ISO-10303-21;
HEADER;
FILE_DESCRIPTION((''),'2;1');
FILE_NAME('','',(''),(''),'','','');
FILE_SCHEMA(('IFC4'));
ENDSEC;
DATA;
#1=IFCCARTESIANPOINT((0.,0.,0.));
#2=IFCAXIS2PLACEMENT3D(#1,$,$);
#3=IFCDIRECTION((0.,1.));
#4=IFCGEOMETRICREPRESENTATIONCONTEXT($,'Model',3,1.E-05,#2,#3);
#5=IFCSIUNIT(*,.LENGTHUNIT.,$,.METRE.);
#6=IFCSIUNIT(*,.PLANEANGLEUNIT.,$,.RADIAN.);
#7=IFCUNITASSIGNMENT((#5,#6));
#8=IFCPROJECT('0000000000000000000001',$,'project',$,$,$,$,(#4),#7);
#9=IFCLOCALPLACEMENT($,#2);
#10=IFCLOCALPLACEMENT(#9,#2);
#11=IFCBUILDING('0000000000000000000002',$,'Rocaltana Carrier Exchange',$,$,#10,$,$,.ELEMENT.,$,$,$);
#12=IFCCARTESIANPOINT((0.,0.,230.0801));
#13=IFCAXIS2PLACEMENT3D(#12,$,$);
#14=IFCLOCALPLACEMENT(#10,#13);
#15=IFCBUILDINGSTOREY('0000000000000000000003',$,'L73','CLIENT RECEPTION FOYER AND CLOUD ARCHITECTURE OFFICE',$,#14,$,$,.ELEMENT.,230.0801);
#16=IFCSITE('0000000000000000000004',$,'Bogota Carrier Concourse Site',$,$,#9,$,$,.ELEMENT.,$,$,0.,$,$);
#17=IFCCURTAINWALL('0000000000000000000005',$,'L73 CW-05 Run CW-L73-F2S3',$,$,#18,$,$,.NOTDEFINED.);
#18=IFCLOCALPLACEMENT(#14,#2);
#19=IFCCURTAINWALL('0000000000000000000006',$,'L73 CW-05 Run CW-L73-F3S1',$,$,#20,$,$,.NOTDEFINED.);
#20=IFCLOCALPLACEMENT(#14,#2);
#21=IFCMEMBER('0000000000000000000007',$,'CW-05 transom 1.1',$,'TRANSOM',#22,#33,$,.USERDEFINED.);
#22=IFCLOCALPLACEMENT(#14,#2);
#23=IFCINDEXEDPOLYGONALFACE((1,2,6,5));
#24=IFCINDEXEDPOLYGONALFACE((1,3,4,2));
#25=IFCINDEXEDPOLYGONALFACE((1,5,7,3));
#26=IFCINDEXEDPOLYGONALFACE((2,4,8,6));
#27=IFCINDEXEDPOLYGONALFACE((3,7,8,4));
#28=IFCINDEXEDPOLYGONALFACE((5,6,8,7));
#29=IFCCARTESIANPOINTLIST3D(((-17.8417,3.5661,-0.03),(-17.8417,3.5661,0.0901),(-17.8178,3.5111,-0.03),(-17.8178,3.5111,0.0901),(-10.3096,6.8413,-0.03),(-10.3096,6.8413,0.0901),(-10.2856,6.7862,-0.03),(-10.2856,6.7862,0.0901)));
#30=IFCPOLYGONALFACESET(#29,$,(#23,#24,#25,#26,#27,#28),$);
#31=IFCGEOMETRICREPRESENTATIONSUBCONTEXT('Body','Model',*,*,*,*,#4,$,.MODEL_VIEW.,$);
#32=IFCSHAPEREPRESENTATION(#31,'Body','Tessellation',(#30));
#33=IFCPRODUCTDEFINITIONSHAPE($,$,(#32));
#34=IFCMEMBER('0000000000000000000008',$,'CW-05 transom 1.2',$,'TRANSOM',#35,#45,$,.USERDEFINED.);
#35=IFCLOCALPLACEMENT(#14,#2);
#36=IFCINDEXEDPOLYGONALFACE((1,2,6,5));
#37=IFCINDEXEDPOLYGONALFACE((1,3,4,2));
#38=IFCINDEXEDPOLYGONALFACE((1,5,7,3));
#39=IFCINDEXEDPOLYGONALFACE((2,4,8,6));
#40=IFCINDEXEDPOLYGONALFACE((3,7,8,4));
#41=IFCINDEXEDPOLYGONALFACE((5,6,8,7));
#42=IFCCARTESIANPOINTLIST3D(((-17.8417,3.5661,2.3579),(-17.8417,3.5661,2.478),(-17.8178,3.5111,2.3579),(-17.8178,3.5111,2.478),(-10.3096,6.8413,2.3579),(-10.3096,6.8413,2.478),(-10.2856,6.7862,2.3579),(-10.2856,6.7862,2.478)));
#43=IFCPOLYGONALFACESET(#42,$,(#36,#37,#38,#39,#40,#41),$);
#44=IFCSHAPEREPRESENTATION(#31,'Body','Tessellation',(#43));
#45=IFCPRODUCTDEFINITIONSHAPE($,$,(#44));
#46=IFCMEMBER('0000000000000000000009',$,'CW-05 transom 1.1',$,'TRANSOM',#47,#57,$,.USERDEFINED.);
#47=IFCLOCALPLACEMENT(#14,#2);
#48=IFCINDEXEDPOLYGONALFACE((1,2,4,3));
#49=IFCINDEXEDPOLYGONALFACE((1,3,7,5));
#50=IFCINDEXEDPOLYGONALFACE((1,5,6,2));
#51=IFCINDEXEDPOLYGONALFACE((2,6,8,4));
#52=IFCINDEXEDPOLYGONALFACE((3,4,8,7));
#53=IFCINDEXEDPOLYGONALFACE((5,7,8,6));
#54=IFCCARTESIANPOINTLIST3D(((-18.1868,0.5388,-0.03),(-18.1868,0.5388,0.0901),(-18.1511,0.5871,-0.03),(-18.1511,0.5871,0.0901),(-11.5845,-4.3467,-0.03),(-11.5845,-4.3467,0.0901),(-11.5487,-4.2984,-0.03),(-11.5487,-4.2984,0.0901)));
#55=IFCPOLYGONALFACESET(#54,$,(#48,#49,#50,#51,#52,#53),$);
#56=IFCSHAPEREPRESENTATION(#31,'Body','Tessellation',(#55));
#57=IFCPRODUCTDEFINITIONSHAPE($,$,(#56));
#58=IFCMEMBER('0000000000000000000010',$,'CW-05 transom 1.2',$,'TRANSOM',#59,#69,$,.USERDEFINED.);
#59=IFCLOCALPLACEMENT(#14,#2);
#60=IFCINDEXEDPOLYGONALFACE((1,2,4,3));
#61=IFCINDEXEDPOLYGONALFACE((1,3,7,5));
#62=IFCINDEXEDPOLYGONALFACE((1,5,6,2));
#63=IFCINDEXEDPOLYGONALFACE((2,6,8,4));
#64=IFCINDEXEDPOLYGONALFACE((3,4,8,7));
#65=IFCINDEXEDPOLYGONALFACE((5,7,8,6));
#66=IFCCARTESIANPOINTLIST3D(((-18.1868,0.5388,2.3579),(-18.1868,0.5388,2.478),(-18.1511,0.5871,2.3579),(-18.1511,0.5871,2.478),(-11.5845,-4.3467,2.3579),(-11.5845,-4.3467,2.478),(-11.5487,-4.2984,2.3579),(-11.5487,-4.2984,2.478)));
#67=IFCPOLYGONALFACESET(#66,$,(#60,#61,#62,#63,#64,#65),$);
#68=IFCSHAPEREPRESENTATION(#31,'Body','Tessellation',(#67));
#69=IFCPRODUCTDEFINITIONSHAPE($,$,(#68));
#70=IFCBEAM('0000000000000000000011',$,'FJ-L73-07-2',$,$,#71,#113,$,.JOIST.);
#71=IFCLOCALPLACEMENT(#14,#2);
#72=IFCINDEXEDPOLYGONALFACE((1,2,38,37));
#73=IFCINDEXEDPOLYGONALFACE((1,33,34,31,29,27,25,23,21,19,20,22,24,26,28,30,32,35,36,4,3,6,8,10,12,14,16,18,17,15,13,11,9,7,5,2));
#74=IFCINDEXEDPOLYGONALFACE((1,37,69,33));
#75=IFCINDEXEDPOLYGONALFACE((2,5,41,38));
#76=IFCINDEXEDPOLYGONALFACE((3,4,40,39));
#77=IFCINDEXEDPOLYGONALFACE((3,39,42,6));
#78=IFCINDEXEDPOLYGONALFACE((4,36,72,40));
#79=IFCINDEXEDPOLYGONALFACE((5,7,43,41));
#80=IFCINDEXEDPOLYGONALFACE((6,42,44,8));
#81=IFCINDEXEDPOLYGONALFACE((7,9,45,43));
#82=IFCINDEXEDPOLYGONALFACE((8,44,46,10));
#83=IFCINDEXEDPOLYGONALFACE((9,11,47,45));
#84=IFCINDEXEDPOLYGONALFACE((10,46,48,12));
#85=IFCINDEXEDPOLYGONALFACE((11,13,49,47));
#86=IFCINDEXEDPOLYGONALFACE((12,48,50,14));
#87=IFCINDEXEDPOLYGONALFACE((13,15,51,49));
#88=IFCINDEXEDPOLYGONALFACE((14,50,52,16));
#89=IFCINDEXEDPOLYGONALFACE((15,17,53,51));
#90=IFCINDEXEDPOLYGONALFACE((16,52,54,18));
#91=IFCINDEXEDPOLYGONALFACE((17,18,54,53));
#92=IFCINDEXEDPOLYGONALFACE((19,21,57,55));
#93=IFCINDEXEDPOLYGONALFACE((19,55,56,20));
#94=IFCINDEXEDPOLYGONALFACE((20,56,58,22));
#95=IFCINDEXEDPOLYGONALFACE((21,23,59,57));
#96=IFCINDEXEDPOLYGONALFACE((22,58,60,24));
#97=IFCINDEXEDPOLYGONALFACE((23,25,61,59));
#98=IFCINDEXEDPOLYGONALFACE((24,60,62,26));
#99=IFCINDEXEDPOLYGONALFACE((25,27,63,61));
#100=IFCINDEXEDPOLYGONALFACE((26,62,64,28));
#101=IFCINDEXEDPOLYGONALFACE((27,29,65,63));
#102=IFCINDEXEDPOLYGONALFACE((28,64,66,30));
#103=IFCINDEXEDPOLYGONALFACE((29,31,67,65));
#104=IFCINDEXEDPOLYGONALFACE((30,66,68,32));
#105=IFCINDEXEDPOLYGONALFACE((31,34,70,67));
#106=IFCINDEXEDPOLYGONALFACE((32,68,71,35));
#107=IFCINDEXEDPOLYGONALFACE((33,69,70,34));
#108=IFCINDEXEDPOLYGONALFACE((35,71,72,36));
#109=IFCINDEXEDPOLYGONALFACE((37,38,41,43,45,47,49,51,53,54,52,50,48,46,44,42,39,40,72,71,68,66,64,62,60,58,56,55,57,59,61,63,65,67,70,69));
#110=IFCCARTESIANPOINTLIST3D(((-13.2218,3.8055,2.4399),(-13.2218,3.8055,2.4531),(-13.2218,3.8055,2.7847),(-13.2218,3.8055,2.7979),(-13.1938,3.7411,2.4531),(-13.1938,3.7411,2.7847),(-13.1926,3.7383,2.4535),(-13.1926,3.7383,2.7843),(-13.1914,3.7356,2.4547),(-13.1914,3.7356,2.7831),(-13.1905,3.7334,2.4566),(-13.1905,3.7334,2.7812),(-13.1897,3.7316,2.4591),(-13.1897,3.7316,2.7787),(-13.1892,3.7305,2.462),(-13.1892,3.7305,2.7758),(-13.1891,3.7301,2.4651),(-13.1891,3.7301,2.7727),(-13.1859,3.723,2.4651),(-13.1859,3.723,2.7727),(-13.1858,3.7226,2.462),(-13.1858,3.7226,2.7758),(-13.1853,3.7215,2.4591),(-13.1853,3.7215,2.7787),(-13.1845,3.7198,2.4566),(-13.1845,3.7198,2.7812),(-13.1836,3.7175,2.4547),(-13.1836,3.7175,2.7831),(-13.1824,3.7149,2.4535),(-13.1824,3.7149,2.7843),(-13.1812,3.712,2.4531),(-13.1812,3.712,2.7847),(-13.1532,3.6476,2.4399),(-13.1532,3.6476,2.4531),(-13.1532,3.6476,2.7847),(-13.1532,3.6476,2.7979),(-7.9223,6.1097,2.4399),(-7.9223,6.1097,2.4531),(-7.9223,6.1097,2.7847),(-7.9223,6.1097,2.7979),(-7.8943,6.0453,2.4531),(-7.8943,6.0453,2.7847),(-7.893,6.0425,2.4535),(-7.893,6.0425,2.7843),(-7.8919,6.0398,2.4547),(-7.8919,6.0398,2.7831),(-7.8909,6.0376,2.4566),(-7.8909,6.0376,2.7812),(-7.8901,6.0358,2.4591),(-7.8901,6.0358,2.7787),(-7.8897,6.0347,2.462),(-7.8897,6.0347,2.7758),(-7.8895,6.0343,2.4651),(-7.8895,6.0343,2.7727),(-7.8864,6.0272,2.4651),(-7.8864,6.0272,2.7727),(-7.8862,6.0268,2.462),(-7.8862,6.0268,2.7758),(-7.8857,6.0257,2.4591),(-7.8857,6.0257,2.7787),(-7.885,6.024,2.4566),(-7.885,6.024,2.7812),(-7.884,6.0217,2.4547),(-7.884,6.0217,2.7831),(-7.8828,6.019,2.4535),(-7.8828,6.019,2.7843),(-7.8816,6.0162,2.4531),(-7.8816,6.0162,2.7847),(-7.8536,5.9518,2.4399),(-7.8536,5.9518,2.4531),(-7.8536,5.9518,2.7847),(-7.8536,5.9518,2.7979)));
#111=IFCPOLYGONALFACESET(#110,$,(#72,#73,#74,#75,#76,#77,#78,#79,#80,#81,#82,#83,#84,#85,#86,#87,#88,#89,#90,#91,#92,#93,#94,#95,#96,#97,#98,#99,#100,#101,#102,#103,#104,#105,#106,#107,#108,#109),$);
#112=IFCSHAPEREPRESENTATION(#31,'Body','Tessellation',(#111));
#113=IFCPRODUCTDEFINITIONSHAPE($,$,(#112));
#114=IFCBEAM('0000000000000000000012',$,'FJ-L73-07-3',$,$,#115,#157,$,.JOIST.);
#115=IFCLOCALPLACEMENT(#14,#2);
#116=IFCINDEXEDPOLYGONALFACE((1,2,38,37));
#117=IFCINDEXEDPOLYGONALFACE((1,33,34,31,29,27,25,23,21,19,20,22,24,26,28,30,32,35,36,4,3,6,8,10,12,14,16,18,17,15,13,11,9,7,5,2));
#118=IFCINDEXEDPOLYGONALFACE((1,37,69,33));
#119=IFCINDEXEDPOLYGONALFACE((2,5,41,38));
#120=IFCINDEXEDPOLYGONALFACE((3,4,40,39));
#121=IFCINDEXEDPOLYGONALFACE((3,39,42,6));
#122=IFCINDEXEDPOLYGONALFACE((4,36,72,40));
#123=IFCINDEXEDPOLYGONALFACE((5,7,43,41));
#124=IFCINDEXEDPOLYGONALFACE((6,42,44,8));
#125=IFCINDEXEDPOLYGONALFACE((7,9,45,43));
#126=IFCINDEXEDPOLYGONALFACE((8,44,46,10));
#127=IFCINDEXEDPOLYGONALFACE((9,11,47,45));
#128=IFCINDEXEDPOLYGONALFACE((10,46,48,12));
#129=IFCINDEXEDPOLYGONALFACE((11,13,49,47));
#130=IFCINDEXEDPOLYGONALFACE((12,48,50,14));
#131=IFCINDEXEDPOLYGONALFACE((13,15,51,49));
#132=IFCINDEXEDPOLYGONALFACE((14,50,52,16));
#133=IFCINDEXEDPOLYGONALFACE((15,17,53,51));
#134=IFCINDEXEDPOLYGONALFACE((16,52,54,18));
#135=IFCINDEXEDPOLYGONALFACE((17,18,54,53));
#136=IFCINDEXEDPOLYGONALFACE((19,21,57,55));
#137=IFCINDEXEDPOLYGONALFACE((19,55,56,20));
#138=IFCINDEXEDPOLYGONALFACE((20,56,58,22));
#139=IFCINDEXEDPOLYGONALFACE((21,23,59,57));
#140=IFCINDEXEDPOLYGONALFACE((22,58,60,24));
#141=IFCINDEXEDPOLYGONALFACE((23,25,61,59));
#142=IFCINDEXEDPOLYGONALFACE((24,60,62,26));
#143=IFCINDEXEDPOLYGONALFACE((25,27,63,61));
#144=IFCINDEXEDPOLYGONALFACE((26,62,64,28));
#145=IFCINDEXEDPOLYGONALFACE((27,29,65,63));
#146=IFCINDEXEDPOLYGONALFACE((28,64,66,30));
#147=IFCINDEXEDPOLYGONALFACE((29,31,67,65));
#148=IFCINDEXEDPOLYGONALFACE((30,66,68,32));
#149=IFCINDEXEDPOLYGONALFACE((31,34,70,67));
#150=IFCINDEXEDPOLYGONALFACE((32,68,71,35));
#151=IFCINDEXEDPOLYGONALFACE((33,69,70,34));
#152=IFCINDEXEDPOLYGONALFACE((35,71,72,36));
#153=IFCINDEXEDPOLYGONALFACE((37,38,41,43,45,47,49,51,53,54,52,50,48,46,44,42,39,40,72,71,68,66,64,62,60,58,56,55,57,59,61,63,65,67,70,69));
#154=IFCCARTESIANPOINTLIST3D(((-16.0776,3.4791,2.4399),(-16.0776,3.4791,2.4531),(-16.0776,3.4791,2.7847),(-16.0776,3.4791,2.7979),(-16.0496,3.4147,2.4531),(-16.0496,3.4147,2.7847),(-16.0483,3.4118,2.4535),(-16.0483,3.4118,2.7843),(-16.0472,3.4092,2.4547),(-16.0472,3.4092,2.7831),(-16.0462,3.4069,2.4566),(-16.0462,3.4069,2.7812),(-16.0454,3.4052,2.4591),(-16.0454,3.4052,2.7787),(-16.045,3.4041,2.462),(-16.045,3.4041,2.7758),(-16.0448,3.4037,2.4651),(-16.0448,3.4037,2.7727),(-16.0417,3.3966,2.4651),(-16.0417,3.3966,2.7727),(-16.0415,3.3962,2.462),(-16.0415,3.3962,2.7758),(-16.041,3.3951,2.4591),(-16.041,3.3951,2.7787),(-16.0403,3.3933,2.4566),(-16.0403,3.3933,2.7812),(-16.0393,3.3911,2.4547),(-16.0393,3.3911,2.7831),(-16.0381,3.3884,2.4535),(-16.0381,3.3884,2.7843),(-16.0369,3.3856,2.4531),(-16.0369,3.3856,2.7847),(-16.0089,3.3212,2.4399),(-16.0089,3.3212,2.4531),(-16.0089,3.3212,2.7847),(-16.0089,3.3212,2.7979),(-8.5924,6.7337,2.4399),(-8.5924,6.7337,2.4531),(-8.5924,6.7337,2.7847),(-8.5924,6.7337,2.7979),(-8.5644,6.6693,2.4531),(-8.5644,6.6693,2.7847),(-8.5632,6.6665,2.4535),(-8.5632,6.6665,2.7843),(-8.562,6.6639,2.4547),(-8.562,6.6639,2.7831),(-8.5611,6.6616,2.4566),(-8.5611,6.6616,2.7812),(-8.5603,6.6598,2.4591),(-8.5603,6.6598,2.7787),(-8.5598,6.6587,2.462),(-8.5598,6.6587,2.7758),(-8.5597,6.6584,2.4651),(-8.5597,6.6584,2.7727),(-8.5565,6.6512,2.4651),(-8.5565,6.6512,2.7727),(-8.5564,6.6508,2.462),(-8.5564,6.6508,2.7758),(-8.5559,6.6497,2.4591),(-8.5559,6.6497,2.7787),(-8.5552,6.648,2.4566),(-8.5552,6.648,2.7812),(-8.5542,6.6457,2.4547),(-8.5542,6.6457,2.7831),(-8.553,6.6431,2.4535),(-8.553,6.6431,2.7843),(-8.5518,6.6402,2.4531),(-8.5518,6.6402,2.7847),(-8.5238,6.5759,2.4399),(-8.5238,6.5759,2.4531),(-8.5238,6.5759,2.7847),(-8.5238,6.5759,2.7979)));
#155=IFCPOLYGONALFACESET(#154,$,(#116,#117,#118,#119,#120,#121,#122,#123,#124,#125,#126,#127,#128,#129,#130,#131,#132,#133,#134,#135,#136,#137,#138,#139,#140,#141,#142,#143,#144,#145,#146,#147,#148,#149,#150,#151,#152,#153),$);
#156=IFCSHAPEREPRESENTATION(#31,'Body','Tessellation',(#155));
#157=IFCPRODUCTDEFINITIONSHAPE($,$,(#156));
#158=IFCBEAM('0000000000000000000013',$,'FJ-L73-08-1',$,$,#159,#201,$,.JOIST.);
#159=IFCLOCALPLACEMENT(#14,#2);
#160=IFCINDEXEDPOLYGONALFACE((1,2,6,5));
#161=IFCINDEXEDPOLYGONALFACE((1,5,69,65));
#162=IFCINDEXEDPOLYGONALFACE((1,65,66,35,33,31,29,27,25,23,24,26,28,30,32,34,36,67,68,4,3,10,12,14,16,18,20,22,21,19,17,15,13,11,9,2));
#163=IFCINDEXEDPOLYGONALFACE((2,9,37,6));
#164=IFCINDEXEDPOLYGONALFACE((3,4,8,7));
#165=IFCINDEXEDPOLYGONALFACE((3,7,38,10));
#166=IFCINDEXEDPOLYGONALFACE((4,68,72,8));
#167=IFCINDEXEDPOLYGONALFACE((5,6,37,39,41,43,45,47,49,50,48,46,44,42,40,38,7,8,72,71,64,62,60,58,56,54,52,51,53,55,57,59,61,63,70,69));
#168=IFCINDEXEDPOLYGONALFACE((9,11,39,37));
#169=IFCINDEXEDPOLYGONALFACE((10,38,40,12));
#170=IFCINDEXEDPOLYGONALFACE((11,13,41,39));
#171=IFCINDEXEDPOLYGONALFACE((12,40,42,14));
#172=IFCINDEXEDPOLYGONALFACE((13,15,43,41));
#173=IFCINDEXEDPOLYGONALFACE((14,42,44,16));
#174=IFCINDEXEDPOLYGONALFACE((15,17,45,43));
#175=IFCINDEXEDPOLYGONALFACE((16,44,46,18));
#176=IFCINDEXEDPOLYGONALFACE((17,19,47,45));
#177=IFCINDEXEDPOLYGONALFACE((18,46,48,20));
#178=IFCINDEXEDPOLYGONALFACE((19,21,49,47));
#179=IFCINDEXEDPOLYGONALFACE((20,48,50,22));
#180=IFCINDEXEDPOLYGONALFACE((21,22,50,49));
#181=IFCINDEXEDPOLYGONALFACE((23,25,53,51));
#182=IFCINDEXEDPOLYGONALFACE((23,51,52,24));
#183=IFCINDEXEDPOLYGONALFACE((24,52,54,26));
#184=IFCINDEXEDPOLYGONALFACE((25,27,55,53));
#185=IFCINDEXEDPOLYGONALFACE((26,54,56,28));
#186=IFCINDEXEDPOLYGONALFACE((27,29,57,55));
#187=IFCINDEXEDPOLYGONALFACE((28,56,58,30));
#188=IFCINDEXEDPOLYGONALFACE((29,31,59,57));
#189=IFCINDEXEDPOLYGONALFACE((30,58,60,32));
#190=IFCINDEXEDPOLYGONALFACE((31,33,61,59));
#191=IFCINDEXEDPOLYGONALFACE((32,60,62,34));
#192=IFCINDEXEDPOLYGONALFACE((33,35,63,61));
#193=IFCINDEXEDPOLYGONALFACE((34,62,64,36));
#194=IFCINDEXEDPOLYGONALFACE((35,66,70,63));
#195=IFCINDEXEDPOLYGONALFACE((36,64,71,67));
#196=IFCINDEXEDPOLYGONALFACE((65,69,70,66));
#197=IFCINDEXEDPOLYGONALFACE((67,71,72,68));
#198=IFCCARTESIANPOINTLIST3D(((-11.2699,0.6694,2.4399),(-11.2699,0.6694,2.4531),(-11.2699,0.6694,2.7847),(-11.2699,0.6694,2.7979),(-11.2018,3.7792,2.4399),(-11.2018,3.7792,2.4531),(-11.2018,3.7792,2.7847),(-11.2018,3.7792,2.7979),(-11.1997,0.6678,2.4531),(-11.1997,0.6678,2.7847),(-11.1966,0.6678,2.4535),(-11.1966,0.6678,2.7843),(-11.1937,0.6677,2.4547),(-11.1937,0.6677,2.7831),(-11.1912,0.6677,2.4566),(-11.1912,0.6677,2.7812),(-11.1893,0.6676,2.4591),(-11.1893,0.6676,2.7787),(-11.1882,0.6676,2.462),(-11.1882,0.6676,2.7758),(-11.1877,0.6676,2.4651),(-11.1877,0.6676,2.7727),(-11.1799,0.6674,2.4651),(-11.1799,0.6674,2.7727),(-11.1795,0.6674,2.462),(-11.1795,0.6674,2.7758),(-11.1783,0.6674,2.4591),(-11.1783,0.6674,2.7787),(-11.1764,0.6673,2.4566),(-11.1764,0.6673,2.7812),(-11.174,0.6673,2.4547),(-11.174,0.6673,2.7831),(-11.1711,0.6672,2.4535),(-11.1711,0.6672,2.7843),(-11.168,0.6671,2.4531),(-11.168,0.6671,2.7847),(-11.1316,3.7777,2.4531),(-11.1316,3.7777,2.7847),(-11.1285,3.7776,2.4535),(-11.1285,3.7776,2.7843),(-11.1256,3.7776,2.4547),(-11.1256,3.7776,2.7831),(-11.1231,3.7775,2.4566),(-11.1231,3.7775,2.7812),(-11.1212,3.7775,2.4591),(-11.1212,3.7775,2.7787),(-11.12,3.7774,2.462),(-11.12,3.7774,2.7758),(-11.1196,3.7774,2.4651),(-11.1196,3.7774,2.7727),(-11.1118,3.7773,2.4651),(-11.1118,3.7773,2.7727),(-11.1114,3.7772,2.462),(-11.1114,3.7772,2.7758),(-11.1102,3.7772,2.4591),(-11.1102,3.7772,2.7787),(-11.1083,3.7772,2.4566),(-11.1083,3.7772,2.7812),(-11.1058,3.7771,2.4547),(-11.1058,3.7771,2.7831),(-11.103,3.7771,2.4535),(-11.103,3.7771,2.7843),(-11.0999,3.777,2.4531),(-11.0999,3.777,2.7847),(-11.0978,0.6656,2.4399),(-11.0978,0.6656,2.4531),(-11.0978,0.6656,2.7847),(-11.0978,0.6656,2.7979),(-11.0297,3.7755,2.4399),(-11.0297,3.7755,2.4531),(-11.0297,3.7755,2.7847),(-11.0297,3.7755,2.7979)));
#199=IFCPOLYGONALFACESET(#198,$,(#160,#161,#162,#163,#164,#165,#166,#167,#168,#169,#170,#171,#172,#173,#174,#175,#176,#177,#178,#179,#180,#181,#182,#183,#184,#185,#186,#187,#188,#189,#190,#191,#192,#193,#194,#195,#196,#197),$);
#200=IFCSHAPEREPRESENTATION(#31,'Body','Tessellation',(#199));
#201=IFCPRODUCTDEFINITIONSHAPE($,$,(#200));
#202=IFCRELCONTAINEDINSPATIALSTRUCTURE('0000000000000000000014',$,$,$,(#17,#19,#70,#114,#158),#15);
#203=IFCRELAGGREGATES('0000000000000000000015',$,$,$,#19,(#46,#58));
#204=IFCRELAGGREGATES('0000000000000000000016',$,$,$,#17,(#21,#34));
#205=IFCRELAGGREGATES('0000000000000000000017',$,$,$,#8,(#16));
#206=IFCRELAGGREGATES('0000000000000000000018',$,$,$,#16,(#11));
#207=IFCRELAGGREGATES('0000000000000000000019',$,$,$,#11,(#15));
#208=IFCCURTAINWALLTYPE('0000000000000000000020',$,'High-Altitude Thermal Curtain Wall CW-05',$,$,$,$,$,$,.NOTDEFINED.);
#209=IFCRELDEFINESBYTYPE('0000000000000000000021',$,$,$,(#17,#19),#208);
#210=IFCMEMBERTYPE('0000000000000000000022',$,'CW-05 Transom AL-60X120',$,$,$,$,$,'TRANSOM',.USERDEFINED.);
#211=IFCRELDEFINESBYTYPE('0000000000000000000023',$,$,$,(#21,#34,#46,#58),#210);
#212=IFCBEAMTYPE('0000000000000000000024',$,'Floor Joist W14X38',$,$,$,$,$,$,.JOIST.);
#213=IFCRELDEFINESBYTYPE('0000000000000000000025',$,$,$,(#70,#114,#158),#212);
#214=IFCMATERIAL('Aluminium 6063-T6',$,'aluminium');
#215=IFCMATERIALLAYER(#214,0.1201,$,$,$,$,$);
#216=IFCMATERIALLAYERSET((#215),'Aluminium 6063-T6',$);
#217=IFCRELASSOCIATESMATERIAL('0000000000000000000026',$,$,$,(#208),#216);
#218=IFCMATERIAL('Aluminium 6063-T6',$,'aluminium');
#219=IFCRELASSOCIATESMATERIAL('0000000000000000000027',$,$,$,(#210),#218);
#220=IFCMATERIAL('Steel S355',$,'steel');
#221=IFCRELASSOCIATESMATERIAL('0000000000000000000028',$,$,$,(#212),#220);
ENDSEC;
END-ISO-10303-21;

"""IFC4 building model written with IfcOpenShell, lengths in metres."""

from ifc_helpers import new_model, si_unit, direction, frame, origin, origin_2d, place, context, subcontext, project, spatial, rectangle, i_section, extrude, material, layer, layer_set, material_profile, profile_set, type_object, element, aggregate, save


model = new_model("IFC4")

# Units and contexts
model_context = context("Model", 3, precision=1e-05, world=origin(), true_north=direction((0.0, 1.0)))
body_context = subcontext(model_context, "Body", "Model", "MODEL_VIEW")
ifc_project = project(units=[si_unit("LENGTHUNIT", "METRE"), si_unit("PLANEANGLEUNIT", "RADIAN")], contexts=[model_context])

# Site, building, storey
site_placement = place(None, origin())
site = spatial("IfcSite", under=ifc_project, at=site_placement, Name="Bogota Carrier Concourse Site", CompositionType="ELEMENT", RefElevation=0.0)
building_placement = place(site_placement, origin())
building = spatial("IfcBuilding", under=site, at=building_placement, Name="Rocaltana Carrier Exchange", CompositionType="ELEMENT")
storey_placement = place(building_placement, frame((0.0, 0.0, 230.0801)))
storey = spatial("IfcBuildingStorey", under=building, at=storey_placement, Name="L73", Description="CLIENT RECEPTION FOYER AND CLOUD ARCHITECTURE OFFICE", CompositionType="ELEMENT", Elevation=230.0801)

# Shared definitions
ifc_material_1 = material(Name="Aluminium 6063-T6", Category="aluminium")
ifc_layer_1 = layer(ifc_material_1, 0.1201)
ifc_layer_set_1 = layer_set([ifc_layer_1], Name="Aluminium 6063-T6")
curtain_wall_type = type_object("IfcCurtainWallType", Name="High-Altitude Thermal Curtain Wall CW-05", PredefinedType="NOTDEFINED", material=ifc_layer_set_1)

# Curtain wall
curtain_wall_1_placement = place(storey_placement, origin())
curtain_wall_1 = element("IfcCurtainWall", 1, at=curtain_wall_1_placement, inside=storey, type_object=curtain_wall_type, Name="L73 CW-05 Run CW-L73-F2S3", PredefinedType="NOTDEFINED")

# Curtain wall
curtain_wall_2_placement = place(storey_placement, origin())
curtain_wall_2 = element("IfcCurtainWall", 2, at=curtain_wall_2_placement, inside=storey, type_object=curtain_wall_type, Name="L73 CW-05 Run CW-L73-F3S1", PredefinedType="NOTDEFINED")

# Members
ifc_material_2 = material(Name="Aluminium 6063-T6", Category="aluminium")
ifc_material_profile_1 = material_profile(ifc_material_2, rectangle(XDim=0.0601, YDim=0.1201, at=origin_2d()), Name="AL-60X120")
ifc_profile_set_1 = profile_set([ifc_material_profile_1], Name="Aluminium 6063-T6")
member_type_1 = type_object("IfcMemberType", Name="CW-05 Transom AL-60X120", ElementType="TRANSOM", PredefinedType="USERDEFINED", material=ifc_profile_set_1)
member_1_placement = place(storey_placement, frame((-10.2976, 6.8137, 0.03), z_axis=(-0.917058, -0.398753, 0.0), x_axis=(0.398753, -0.917058, 0.0)))
member_1 = element("IfcMember", 3, at=member_1_placement, type_object=member_type_1, Name="CW-05 transom 1.1", ObjectType="TRANSOM", PredefinedType="USERDEFINED", context=body_context, shape_type="SweptSolid", body=[
    extrude(rectangle(XDim=0.0601, YDim=0.1201, at=origin_2d()), origin(), (0.0, 0.0, 1.0), 8.2134),
])
member_2_placement = place(storey_placement, frame((-10.2976, 6.8137, 2.418), z_axis=(-0.917058, -0.398753, 0.0), x_axis=(0.398753, -0.917058, 0.0)))
member_2 = element("IfcMember", 4, at=member_2_placement, type_object=member_type_1, Name="CW-05 transom 1.2", ObjectType="TRANSOM", PredefinedType="USERDEFINED", context=body_context, shape_type="SweptSolid", body=[
    extrude(rectangle(XDim=0.0601, YDim=0.1201, at=origin_2d()), origin(), (0.0, 0.0, 1.0), 8.2134),
])
member_3_placement = place(storey_placement, frame((-18.1689, 0.563, 0.03), z_axis=(0.803854, -0.594827, 0.0), x_axis=(0.594827, 0.803854, 0.0)))
member_3 = element("IfcMember", 5, at=member_3_placement, type_object=member_type_1, Name="CW-05 transom 1.1", ObjectType="TRANSOM", PredefinedType="USERDEFINED", context=body_context, shape_type="SweptSolid", body=[
    extrude(rectangle(XDim=0.0601, YDim=0.1201, at=origin_2d()), origin(), (0.0, 0.0, 1.0), 8.2134),
])
member_4_placement = place(storey_placement, frame((-18.1689, 0.563, 2.418), z_axis=(0.803854, -0.594827, 0.0), x_axis=(0.594827, 0.803854, 0.0)))
member_4 = element("IfcMember", 6, at=member_4_placement, type_object=member_type_1, Name="CW-05 transom 1.2", ObjectType="TRANSOM", PredefinedType="USERDEFINED", context=body_context, shape_type="SweptSolid", body=[
    extrude(rectangle(XDim=0.0601, YDim=0.1201, at=origin_2d()), origin(), (0.0, 0.0, 1.0), 8.2134),
])
aggregate(curtain_wall_2, [member_3, member_4])

# Beams
ifc_material_3 = material(Name="Steel S355", Category="steel")
ifc_material_profile_2 = material_profile(ifc_material_3, i_section(OverallWidth=0.1721, OverallDepth=0.3579, WebThickness=0.0078, FlangeThickness=0.0132, FilletRadius=0.012, at=origin_2d()), Name="W14X38")
ifc_profile_set_2 = profile_set([ifc_material_profile_2], Name="Steel S355")
beam_type_1 = type_object("IfcBeamType", Name="Floor Joist W14X38", PredefinedType="JOIST", material=ifc_profile_set_2)
beam_1_placement = place(storey_placement, frame((-7.8879, 6.0308, 2.6189), z_axis=(-0.917067, -0.398732, 0.0), x_axis=(0.398732, -0.917067, 0.0)))
element("IfcBeam", 7, at=beam_1_placement, inside=storey, type_object=beam_type_1, Name="FJ-L73-07-2", PredefinedType="JOIST", context=body_context, shape_type="SweptSolid", body=[
    extrude(i_section(OverallWidth=0.1721, OverallDepth=0.3579, WebThickness=0.0078, FlangeThickness=0.0132, FilletRadius=0.012, at=origin_2d()), origin(), (0.0, 0.0, 1.0), 5.7788),
])
beam_2_placement = place(storey_placement, frame((-8.5581, 6.6548, 2.6189), z_axis=(-0.917059, -0.398751, 0.0), x_axis=(0.398751, -0.917059, 0.0)))
element("IfcBeam", 8, at=beam_2_placement, inside=storey, type_object=beam_type_1, Name="FJ-L73-07-3", PredefinedType="JOIST", context=body_context, shape_type="SweptSolid", body=[
    extrude(i_section(OverallWidth=0.1721, OverallDepth=0.3579, WebThickness=0.0078, FlangeThickness=0.0132, FilletRadius=0.012, at=origin_2d()), origin(), (0.0, 0.0, 1.0), 8.1621),
])
beam_3_placement = place(storey_placement, frame((-11.1157, 3.7773, 2.6189), z_axis=(-0.021898, -0.99976, 0.0), x_axis=(0.99976, -0.021898, 0.0)))
element("IfcBeam", 9, at=beam_3_placement, inside=storey, type_object=beam_type_1, Name="FJ-L73-08-1", PredefinedType="JOIST", context=body_context, shape_type="SweptSolid", body=[
    extrude(i_section(OverallWidth=0.1721, OverallDepth=0.3579, WebThickness=0.0078, FlangeThickness=0.0132, FilletRadius=0.012, at=origin_2d()), origin(), (0.0, 0.0, 1.0), 3.1106),
])

aggregate(curtain_wall_1, [member_1, member_2])

save(model, "model.ifc")
